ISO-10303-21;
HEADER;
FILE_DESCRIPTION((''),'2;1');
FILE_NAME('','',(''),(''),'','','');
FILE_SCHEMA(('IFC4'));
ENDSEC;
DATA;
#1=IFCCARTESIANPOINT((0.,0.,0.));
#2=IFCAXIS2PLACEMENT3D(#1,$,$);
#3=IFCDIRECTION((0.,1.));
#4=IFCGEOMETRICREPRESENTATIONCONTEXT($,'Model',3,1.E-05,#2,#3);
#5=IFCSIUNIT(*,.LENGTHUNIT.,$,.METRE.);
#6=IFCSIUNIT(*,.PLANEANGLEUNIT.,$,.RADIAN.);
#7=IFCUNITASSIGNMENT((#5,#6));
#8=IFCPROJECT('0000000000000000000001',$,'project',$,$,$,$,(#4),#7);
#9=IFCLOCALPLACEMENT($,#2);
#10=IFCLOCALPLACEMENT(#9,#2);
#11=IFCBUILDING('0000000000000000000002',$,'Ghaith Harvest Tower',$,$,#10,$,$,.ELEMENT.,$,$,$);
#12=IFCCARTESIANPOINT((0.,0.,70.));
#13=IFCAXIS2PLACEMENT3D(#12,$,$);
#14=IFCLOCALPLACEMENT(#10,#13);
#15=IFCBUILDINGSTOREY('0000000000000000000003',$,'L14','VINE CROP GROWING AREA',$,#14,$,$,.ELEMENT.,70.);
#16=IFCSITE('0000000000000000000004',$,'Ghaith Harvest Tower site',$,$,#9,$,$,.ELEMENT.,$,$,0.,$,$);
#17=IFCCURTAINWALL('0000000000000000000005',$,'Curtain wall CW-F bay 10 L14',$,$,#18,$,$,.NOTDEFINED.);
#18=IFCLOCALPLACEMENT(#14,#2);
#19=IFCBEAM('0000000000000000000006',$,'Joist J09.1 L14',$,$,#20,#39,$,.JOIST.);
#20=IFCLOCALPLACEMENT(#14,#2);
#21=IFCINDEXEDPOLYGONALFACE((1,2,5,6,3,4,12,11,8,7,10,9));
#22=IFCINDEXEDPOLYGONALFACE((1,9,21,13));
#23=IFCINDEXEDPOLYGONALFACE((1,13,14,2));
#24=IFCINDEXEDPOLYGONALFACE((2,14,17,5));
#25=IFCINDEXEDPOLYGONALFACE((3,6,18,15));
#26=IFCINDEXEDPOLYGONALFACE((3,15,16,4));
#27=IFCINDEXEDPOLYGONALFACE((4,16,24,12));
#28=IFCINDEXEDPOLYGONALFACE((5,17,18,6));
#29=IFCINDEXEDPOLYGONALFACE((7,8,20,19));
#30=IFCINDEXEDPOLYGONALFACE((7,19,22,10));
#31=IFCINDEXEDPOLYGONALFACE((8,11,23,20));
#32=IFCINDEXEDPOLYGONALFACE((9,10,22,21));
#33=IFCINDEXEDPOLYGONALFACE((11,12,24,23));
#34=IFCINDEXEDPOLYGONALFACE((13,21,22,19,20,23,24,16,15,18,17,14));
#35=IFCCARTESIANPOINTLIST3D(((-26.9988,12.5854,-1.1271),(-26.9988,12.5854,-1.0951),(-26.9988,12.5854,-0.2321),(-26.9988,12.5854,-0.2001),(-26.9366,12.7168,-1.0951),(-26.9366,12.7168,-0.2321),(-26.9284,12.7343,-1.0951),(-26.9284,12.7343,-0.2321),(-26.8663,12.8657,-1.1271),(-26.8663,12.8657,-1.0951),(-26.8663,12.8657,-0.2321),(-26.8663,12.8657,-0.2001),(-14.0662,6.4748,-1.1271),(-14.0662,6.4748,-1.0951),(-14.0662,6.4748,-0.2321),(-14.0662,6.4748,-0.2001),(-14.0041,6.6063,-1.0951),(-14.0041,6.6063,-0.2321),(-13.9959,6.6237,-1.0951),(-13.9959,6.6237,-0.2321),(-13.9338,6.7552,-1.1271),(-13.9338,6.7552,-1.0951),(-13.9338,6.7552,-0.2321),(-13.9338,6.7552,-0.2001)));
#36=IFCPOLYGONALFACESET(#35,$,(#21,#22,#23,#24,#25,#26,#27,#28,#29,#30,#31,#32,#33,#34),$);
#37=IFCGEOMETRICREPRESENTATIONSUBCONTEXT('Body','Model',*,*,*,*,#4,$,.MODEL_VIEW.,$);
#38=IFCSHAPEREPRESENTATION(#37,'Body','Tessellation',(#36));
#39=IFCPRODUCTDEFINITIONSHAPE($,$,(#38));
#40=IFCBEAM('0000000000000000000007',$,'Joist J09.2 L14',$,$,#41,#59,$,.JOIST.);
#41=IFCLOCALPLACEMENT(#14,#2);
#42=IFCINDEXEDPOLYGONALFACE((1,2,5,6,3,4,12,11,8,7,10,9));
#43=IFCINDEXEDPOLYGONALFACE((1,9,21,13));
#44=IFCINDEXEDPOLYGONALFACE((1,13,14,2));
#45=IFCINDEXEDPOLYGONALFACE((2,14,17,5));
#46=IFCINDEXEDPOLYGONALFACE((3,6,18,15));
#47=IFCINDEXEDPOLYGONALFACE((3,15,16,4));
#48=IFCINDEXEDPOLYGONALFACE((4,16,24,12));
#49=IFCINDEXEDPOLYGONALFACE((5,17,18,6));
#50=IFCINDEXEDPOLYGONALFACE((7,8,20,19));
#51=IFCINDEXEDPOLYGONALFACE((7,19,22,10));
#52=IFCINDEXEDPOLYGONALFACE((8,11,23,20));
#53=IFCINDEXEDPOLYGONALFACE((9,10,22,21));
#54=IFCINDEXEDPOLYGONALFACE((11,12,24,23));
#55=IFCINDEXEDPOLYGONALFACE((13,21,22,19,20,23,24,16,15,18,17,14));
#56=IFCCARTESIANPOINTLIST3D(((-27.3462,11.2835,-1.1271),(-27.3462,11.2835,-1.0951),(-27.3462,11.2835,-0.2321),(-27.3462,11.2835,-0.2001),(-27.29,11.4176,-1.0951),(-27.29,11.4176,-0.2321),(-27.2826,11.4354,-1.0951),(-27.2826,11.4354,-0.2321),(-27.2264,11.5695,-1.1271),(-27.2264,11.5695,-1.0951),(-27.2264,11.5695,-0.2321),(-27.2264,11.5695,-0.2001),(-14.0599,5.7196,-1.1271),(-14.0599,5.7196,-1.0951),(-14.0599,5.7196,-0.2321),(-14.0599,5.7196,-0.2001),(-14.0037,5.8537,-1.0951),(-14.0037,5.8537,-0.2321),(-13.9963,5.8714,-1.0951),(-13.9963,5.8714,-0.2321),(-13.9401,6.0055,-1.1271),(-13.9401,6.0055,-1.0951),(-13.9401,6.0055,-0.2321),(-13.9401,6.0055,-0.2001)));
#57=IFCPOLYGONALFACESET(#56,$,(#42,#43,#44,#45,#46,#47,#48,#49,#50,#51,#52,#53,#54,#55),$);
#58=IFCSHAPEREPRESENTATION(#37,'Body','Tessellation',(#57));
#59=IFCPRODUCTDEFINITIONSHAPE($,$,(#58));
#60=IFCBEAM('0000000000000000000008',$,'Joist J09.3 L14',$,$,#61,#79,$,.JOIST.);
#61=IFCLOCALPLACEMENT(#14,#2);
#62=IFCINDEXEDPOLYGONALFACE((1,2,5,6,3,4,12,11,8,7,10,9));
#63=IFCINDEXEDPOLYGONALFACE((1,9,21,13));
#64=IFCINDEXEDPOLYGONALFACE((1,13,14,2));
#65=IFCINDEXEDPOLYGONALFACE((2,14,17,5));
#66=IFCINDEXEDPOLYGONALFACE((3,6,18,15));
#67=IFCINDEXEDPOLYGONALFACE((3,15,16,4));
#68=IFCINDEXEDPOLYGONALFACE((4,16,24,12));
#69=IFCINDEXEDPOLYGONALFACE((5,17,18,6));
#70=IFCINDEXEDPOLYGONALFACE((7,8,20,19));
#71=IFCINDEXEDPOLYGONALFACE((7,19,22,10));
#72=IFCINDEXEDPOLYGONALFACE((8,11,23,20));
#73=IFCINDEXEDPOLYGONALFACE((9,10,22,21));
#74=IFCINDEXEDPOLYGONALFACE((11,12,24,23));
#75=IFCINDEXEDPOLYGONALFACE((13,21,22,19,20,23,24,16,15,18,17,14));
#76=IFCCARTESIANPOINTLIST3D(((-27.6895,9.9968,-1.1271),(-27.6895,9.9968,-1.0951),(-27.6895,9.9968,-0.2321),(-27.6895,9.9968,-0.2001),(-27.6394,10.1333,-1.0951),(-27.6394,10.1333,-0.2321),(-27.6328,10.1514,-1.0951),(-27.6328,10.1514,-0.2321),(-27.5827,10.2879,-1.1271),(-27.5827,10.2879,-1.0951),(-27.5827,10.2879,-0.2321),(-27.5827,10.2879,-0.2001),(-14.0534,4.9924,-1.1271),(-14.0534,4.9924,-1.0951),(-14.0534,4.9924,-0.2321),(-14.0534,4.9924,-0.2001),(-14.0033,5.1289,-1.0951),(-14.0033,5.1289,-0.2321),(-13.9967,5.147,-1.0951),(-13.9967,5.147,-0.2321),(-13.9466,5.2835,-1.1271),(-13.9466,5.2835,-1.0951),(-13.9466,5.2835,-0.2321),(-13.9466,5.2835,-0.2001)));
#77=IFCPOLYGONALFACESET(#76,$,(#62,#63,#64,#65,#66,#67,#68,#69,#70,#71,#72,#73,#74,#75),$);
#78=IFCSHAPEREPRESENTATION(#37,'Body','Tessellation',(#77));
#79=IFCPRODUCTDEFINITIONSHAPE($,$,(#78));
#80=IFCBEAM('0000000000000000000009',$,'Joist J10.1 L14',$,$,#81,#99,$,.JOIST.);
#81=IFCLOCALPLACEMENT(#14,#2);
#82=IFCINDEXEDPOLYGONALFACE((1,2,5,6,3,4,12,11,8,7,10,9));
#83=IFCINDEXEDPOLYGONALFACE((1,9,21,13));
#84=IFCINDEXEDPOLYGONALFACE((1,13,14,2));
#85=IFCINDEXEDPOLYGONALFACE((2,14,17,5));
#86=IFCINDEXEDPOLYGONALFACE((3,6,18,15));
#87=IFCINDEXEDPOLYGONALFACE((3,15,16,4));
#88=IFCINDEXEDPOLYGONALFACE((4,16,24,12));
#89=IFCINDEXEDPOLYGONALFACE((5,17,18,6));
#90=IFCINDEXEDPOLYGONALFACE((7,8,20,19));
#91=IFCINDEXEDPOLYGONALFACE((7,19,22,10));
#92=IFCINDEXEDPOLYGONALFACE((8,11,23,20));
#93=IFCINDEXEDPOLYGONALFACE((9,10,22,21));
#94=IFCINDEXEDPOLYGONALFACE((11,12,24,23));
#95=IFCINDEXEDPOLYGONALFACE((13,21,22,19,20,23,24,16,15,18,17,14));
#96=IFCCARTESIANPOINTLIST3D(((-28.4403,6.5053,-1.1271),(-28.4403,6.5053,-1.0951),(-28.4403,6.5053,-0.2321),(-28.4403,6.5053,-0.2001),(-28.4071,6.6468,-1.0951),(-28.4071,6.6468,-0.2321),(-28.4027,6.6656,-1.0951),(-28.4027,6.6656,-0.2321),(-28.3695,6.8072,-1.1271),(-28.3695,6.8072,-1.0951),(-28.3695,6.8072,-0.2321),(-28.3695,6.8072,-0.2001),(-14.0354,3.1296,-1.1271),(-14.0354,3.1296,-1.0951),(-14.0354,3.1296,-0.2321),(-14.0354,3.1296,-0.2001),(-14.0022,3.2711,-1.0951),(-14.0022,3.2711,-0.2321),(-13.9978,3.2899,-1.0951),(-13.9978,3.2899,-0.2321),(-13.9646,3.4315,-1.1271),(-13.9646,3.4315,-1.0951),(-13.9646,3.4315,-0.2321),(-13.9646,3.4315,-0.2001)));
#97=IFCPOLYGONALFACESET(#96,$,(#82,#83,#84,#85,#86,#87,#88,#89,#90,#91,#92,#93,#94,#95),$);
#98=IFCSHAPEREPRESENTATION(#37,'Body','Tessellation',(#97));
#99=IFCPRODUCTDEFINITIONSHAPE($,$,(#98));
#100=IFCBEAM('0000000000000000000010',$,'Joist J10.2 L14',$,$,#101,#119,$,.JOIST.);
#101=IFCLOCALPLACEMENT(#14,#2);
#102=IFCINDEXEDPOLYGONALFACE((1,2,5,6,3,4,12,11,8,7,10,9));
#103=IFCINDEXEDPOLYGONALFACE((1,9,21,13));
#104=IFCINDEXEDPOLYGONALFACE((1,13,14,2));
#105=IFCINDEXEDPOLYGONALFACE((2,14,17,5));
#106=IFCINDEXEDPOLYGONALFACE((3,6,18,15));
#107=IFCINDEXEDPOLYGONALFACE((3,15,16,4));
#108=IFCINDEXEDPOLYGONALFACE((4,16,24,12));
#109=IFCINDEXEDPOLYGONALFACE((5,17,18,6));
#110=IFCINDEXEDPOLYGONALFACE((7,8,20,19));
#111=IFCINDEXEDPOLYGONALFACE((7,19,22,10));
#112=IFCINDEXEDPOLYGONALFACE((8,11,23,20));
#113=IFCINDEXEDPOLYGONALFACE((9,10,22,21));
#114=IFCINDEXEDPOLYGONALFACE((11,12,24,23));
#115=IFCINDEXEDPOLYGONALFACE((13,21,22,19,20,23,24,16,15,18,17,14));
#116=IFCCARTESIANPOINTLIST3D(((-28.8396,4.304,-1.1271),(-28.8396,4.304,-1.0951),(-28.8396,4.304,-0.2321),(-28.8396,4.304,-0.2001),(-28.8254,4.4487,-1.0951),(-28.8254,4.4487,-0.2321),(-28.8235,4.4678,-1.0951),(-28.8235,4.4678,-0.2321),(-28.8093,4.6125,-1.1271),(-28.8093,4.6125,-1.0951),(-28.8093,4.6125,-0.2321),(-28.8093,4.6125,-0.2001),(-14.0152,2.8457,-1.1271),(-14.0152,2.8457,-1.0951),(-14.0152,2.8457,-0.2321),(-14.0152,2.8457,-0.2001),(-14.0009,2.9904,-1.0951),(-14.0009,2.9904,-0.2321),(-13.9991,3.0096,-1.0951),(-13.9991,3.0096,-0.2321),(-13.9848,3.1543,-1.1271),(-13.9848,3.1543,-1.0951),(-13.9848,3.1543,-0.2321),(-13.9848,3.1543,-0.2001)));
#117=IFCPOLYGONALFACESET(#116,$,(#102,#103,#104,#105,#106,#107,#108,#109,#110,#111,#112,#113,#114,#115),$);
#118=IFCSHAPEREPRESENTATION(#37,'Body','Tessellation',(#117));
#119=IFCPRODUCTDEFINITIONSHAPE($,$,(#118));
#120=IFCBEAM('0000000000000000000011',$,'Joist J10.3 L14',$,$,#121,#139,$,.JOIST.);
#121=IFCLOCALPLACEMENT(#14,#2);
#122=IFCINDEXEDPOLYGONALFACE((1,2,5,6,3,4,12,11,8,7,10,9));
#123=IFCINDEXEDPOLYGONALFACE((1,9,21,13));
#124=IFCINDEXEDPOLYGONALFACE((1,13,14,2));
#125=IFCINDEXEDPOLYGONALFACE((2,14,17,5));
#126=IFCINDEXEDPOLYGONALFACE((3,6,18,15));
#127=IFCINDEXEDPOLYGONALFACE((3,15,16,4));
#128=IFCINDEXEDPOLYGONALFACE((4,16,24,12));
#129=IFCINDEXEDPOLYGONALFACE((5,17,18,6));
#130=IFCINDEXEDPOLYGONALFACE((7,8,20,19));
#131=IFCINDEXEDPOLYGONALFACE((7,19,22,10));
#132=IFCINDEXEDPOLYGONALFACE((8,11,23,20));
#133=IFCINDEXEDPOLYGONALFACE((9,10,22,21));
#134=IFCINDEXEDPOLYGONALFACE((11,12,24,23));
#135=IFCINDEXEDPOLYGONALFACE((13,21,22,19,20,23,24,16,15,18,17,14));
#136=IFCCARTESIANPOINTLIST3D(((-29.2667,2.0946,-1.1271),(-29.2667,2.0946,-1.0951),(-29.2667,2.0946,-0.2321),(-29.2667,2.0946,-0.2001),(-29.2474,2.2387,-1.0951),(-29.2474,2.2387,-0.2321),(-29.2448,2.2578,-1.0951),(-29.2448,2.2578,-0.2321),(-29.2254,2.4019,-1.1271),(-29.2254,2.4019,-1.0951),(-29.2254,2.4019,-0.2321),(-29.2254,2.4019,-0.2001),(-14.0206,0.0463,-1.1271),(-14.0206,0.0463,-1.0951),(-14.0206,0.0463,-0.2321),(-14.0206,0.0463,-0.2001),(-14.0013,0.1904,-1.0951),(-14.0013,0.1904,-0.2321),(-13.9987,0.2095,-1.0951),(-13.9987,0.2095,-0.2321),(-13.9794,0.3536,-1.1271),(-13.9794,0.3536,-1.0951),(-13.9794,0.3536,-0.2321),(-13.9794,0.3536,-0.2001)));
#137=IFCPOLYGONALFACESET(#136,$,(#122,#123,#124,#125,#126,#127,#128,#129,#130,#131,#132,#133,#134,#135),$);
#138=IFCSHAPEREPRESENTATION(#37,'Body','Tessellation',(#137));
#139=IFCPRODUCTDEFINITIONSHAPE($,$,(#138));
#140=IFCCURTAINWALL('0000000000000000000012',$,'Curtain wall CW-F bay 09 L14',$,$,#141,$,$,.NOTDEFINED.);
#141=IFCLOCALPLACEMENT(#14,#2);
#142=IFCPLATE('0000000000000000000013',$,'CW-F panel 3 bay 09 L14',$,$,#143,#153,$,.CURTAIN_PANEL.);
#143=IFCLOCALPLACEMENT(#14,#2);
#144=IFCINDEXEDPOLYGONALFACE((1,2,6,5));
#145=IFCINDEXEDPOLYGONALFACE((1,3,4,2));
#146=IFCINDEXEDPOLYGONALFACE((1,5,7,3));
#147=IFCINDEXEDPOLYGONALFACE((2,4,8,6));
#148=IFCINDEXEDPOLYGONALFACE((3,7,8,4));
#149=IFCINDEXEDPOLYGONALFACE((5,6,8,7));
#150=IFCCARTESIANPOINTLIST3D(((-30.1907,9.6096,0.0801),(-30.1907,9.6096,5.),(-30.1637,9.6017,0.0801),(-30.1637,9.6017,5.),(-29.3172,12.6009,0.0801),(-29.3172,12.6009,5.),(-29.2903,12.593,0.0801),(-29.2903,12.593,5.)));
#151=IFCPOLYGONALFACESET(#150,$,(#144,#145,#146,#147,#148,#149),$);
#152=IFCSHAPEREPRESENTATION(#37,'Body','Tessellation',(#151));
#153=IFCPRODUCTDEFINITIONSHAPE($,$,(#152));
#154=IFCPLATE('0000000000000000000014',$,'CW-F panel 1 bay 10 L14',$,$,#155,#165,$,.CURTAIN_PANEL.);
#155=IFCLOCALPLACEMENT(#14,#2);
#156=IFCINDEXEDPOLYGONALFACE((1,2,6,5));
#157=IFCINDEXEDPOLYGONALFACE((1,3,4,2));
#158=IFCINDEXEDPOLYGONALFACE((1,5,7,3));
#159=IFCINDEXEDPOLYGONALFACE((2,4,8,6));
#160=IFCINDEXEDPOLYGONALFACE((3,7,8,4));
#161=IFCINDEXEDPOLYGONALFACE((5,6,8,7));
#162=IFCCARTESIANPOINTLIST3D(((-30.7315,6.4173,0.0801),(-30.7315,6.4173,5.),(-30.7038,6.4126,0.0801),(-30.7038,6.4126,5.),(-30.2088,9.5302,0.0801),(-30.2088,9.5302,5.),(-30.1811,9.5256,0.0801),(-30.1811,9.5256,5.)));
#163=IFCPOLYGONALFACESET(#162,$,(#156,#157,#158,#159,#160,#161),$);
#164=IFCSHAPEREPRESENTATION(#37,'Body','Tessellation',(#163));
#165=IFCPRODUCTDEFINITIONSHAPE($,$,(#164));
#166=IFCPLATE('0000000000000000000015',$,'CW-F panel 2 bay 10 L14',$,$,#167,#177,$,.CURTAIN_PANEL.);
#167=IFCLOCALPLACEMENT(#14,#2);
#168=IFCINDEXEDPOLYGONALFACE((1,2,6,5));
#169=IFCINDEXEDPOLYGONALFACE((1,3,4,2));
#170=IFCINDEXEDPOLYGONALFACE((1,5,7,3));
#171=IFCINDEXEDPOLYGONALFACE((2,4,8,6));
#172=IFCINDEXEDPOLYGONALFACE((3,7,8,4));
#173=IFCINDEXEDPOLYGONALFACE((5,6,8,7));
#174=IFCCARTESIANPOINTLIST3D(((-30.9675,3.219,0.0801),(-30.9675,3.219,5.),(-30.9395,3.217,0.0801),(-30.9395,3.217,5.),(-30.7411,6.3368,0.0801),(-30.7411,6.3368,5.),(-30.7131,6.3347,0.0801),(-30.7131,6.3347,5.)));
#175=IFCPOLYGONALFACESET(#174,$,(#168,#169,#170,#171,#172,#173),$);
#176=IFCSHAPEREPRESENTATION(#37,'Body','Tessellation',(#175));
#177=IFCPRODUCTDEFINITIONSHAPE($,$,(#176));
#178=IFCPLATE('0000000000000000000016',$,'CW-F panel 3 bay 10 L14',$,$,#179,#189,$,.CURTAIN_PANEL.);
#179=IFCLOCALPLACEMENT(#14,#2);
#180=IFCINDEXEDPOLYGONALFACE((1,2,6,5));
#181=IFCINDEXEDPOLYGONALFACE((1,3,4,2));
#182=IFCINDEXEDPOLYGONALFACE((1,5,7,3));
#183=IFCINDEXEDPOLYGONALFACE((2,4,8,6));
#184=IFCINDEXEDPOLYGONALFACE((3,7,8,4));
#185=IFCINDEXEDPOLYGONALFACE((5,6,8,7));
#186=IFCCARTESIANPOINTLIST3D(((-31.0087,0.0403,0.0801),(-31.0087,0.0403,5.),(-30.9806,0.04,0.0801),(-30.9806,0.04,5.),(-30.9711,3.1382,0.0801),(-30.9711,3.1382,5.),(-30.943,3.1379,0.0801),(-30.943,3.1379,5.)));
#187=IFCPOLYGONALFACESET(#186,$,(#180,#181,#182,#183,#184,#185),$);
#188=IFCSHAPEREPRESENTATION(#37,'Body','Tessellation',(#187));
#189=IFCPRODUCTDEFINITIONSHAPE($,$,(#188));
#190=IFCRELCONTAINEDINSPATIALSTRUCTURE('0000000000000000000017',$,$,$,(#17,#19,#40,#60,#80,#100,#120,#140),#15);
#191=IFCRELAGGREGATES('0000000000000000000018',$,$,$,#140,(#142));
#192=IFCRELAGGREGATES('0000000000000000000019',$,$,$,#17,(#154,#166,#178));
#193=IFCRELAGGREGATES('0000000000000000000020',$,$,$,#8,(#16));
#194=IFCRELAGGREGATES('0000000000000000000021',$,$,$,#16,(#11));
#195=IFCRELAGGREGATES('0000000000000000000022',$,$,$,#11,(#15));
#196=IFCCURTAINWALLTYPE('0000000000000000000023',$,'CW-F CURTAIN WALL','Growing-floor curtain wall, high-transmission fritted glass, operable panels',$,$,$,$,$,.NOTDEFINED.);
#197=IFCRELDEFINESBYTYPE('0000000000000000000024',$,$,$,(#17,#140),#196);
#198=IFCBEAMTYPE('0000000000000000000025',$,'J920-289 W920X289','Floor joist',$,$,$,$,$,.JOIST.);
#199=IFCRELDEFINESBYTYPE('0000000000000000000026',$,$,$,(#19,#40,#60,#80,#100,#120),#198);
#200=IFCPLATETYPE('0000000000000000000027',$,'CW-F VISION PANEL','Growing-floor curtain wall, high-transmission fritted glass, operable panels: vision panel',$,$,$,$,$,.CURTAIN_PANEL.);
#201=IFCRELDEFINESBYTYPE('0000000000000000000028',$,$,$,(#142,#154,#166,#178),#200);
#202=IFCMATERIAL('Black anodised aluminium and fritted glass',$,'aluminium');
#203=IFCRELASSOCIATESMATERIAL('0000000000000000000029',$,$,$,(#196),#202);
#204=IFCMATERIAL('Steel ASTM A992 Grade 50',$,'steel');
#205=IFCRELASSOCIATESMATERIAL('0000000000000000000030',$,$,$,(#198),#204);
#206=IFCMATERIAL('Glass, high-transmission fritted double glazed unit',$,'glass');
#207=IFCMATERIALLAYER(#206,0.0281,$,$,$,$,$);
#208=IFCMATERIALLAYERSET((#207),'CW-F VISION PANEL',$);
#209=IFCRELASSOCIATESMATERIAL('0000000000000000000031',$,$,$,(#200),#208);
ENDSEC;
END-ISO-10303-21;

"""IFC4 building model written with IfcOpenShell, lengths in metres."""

from ifc_helpers import new_model, si_unit, direction, frame, origin, origin_2d, place, context, subcontext, project, spatial, rectangle, i_section, extrude, material, layer, layer_set, material_profile, profile_set, type_object, element, aggregate, save


model = new_model("IFC4")

# Units and contexts
model_context = context("Model", 3, precision=1e-05, world=origin(), true_north=direction((0.0, 1.0)))
body_context = subcontext(model_context, "Body", "Model", "MODEL_VIEW")
ifc_project = project(units=[si_unit("LENGTHUNIT", "METRE"), si_unit("PLANEANGLEUNIT", "RADIAN")], contexts=[model_context])

# Site, building, storey
site_placement = place(None, origin())
site = spatial("IfcSite", under=ifc_project, at=site_placement, Name="Ghaith Harvest Tower site", CompositionType="ELEMENT", RefElevation=0.0)
building_placement = place(site_placement, origin())
building = spatial("IfcBuilding", under=site, at=building_placement, Name="Ghaith Harvest Tower", CompositionType="ELEMENT")
storey_placement = place(building_placement, frame((0.0, 0.0, 70.0)))
storey = spatial("IfcBuildingStorey", under=building, at=storey_placement, Name="L14", Description="VINE CROP GROWING AREA", CompositionType="ELEMENT", Elevation=70.0)

# Curtain wall
ifc_material_1 = material(Name="Black anodised aluminium and fritted glass", Category="aluminium")
curtain_wall_type = type_object("IfcCurtainWallType", Name="CW-F CURTAIN WALL", Description="Growing-floor curtain wall, high-transmission fritted glass, operable panels", PredefinedType="NOTDEFINED", material=ifc_material_1)
curtain_wall_1_placement = place(storey_placement, origin())
curtain_wall_1 = element("IfcCurtainWall", 1, at=curtain_wall_1_placement, inside=storey, type_object=curtain_wall_type, Name="Curtain wall CW-F bay 10 L14", PredefinedType="NOTDEFINED")

# Beams
ifc_material_2 = material(Name="Steel ASTM A992 Grade 50", Category="steel")
ifc_material_profile_1 = material_profile(ifc_material_2, i_section(OverallWidth=0.3101, OverallDepth=0.927, WebThickness=0.0193, FlangeThickness=0.032, at=origin_2d()), Name="W920X289")
ifc_profile_set_1 = profile_set([ifc_material_profile_1], Name="Steel ASTM A992 Grade 50")
beam_type_1 = type_object("IfcBeamType", Name="J920-289 W920X289", Description="Floor joist", PredefinedType="JOIST", material=ifc_profile_set_1)
beam_1_placement = place(storey_placement, frame((-14.0, 6.615, -0.6636), z_axis=(-0.904153, 0.427208, 0.0), x_axis=(-0.427208, -0.904153, 0.0)))
element("IfcBeam", 2, at=beam_1_placement, inside=storey, type_object=beam_type_1, Name="Joist J09.1 L14", PredefinedType="JOIST", context=body_context, shape_type="SweptSolid", body=[
    extrude(i_section(OverallWidth=0.3101, OverallDepth=0.927, WebThickness=0.0193, FlangeThickness=0.032, at=origin_2d()), origin(), (0.0, 0.0, 1.0), 14.3035),
])
beam_2_placement = place(storey_placement, frame((-14.0, 5.8625, -0.6636), z_axis=(-0.922386, 0.38627, 0.0), x_axis=(-0.38627, -0.922386, 0.0)))
element("IfcBeam", 3, at=beam_2_placement, inside=storey, type_object=beam_type_1, Name="Joist J09.2 L14", PredefinedType="JOIST", context=body_context, shape_type="SweptSolid", body=[
    extrude(i_section(OverallWidth=0.3101, OverallDepth=0.927, WebThickness=0.0193, FlangeThickness=0.032, at=origin_2d()), origin(), (0.0, 0.0, 1.0), 14.4043),
])
beam_3_placement = place(storey_placement, frame((-14.0, 5.1379, -0.6636), z_axis=(-0.938775, 0.34453, 0.0), x_axis=(-0.34453, -0.938775, 0.0)))
element("IfcBeam", 4, at=beam_3_placement, inside=storey, type_object=beam_type_1, Name="Joist J09.3 L14", PredefinedType="JOIST", context=body_context, shape_type="SweptSolid", body=[
    extrude(i_section(OverallWidth=0.3101, OverallDepth=0.927, WebThickness=0.0193, FlangeThickness=0.032, at=origin_2d()), origin(), (0.0, 0.0, 1.0), 14.5254),
])
beam_4_placement = place(storey_placement, frame((-14.0, 3.2805, -0.6636), z_axis=(-0.973623, 0.228163, 0.0), x_axis=(-0.228163, -0.973623, 0.0)))
element("IfcBeam", 5, at=beam_4_placement, inside=storey, type_object=beam_type_1, Name="Joist J10.1 L14", PredefinedType="JOIST", context=body_context, shape_type="SweptSolid", body=[
    extrude(i_section(OverallWidth=0.3101, OverallDepth=0.927, WebThickness=0.0193, FlangeThickness=0.032, at=origin_2d()), origin(), (0.0, 0.0, 1.0), 14.7952),
])
beam_5_placement = place(storey_placement, frame((-14.0, 3.0, -0.6636), z_axis=(-0.995197, 0.097895, 0.0), x_axis=(-0.097895, -0.995197, 0.0)))
element("IfcBeam", 6, at=beam_5_placement, inside=storey, type_object=beam_type_1, Name="Joist J10.2 L14", PredefinedType="JOIST", context=body_context, shape_type="SweptSolid", body=[
    extrude(i_section(OverallWidth=0.3101, OverallDepth=0.927, WebThickness=0.0193, FlangeThickness=0.032, at=origin_2d()), origin(), (0.0, 0.0, 1.0), 14.896),
])
beam_6_placement = place(storey_placement, frame((-14.0, 0.2, -0.6636), z_axis=(-0.991095, 0.133155, 0.0), x_axis=(-0.133155, -0.991095, 0.0)))
element("IfcBeam", 7, at=beam_6_placement, inside=storey, type_object=beam_type_1, Name="Joist J10.3 L14", PredefinedType="JOIST", context=body_context, shape_type="SweptSolid", body=[
    extrude(i_section(OverallWidth=0.3101, OverallDepth=0.927, WebThickness=0.0193, FlangeThickness=0.032, at=origin_2d()), origin(), (0.0, 0.0, 1.0), 15.3831),
])

# Curtain wall, plate
curtain_wall_2_placement = place(storey_placement, origin())
curtain_wall_2 = element("IfcCurtainWall", 8, at=curtain_wall_2_placement, inside=storey, type_object=curtain_wall_type, Name="Curtain wall CW-F bay 09 L14", PredefinedType="NOTDEFINED")
ifc_material_3 = material(Name="Glass, high-transmission fritted double glazed unit", Category="glass")
ifc_layer_1 = layer(ifc_material_3, 0.0281)
ifc_layer_set_1 = layer_set([ifc_layer_1], Name="CW-F VISION PANEL")
plate_type = type_object("IfcPlateType", Name="CW-F VISION PANEL", Description="Growing-floor curtain wall, high-transmission fritted glass, operable panels: vision panel", PredefinedType="CURTAIN_PANEL", material=ifc_layer_set_1)
plate_1_placement = place(storey_placement, frame((-29.7405, 11.1013, 0.0801), z_axis=(0.0, 0.0, 1.0), x_axis=(-0.280297, -0.959913, 0.0)))
plate_1 = element("IfcPlate", 9, at=plate_1_placement, type_object=plate_type, Name="CW-F panel 3 bay 09 L14", PredefinedType="CURTAIN_PANEL", context=body_context, shape_type="SweptSolid", body=[
    extrude(rectangle(XDim=3.1162, YDim=0.0281, at=origin_2d()), origin(), (0.0, 0.0, 1.0), 4.9199),
])
aggregate(curtain_wall_2, [plate_1])

# Plates
plate_2_placement = place(storey_placement, frame((-30.4563, 7.9714, 0.0801), z_axis=(0.0, 0.0, 1.0), x_axis=(-0.165581, -0.986196, 0.0)))
plate_2 = element("IfcPlate", 10, at=plate_2_placement, type_object=plate_type, Name="CW-F panel 1 bay 10 L14", PredefinedType="CURTAIN_PANEL", context=body_context, shape_type="SweptSolid", body=[
    extrude(rectangle(XDim=3.1565, YDim=0.0281, at=origin_2d()), origin(), (0.0, 0.0, 1.0), 4.9199),
])
plate_3_placement = place(storey_placement, frame((-30.8403, 4.7769, 0.0801), z_axis=(0.0, 0.0, 1.0), x_axis=(-0.072421, -0.997374, 0.0)))
plate_3 = element("IfcPlate", 11, at=plate_3_placement, type_object=plate_type, Name="CW-F panel 2 bay 10 L14", PredefinedType="CURTAIN_PANEL", context=body_context, shape_type="SweptSolid", body=[
    extrude(rectangle(XDim=3.126, YDim=0.0281, at=origin_2d()), origin(), (0.0, 0.0, 1.0), 4.9199),
])
plate_4_placement = place(storey_placement, frame((-30.9758, 1.5891, 0.0801), z_axis=(0.0, 0.0, 1.0), x_axis=(-0.012133, -0.999926, 0.0)))
plate_4 = element("IfcPlate", 12, at=plate_4_placement, type_object=plate_type, Name="CW-F panel 3 bay 10 L14", PredefinedType="CURTAIN_PANEL", context=body_context, shape_type="SweptSolid", body=[
    extrude(rectangle(XDim=3.0981, YDim=0.0281, at=origin_2d()), origin(), (0.0, 0.0, 1.0), 4.9199),
])
aggregate(curtain_wall_1, [plate_2, plate_3, plate_4])

save(model, "model.ifc")
